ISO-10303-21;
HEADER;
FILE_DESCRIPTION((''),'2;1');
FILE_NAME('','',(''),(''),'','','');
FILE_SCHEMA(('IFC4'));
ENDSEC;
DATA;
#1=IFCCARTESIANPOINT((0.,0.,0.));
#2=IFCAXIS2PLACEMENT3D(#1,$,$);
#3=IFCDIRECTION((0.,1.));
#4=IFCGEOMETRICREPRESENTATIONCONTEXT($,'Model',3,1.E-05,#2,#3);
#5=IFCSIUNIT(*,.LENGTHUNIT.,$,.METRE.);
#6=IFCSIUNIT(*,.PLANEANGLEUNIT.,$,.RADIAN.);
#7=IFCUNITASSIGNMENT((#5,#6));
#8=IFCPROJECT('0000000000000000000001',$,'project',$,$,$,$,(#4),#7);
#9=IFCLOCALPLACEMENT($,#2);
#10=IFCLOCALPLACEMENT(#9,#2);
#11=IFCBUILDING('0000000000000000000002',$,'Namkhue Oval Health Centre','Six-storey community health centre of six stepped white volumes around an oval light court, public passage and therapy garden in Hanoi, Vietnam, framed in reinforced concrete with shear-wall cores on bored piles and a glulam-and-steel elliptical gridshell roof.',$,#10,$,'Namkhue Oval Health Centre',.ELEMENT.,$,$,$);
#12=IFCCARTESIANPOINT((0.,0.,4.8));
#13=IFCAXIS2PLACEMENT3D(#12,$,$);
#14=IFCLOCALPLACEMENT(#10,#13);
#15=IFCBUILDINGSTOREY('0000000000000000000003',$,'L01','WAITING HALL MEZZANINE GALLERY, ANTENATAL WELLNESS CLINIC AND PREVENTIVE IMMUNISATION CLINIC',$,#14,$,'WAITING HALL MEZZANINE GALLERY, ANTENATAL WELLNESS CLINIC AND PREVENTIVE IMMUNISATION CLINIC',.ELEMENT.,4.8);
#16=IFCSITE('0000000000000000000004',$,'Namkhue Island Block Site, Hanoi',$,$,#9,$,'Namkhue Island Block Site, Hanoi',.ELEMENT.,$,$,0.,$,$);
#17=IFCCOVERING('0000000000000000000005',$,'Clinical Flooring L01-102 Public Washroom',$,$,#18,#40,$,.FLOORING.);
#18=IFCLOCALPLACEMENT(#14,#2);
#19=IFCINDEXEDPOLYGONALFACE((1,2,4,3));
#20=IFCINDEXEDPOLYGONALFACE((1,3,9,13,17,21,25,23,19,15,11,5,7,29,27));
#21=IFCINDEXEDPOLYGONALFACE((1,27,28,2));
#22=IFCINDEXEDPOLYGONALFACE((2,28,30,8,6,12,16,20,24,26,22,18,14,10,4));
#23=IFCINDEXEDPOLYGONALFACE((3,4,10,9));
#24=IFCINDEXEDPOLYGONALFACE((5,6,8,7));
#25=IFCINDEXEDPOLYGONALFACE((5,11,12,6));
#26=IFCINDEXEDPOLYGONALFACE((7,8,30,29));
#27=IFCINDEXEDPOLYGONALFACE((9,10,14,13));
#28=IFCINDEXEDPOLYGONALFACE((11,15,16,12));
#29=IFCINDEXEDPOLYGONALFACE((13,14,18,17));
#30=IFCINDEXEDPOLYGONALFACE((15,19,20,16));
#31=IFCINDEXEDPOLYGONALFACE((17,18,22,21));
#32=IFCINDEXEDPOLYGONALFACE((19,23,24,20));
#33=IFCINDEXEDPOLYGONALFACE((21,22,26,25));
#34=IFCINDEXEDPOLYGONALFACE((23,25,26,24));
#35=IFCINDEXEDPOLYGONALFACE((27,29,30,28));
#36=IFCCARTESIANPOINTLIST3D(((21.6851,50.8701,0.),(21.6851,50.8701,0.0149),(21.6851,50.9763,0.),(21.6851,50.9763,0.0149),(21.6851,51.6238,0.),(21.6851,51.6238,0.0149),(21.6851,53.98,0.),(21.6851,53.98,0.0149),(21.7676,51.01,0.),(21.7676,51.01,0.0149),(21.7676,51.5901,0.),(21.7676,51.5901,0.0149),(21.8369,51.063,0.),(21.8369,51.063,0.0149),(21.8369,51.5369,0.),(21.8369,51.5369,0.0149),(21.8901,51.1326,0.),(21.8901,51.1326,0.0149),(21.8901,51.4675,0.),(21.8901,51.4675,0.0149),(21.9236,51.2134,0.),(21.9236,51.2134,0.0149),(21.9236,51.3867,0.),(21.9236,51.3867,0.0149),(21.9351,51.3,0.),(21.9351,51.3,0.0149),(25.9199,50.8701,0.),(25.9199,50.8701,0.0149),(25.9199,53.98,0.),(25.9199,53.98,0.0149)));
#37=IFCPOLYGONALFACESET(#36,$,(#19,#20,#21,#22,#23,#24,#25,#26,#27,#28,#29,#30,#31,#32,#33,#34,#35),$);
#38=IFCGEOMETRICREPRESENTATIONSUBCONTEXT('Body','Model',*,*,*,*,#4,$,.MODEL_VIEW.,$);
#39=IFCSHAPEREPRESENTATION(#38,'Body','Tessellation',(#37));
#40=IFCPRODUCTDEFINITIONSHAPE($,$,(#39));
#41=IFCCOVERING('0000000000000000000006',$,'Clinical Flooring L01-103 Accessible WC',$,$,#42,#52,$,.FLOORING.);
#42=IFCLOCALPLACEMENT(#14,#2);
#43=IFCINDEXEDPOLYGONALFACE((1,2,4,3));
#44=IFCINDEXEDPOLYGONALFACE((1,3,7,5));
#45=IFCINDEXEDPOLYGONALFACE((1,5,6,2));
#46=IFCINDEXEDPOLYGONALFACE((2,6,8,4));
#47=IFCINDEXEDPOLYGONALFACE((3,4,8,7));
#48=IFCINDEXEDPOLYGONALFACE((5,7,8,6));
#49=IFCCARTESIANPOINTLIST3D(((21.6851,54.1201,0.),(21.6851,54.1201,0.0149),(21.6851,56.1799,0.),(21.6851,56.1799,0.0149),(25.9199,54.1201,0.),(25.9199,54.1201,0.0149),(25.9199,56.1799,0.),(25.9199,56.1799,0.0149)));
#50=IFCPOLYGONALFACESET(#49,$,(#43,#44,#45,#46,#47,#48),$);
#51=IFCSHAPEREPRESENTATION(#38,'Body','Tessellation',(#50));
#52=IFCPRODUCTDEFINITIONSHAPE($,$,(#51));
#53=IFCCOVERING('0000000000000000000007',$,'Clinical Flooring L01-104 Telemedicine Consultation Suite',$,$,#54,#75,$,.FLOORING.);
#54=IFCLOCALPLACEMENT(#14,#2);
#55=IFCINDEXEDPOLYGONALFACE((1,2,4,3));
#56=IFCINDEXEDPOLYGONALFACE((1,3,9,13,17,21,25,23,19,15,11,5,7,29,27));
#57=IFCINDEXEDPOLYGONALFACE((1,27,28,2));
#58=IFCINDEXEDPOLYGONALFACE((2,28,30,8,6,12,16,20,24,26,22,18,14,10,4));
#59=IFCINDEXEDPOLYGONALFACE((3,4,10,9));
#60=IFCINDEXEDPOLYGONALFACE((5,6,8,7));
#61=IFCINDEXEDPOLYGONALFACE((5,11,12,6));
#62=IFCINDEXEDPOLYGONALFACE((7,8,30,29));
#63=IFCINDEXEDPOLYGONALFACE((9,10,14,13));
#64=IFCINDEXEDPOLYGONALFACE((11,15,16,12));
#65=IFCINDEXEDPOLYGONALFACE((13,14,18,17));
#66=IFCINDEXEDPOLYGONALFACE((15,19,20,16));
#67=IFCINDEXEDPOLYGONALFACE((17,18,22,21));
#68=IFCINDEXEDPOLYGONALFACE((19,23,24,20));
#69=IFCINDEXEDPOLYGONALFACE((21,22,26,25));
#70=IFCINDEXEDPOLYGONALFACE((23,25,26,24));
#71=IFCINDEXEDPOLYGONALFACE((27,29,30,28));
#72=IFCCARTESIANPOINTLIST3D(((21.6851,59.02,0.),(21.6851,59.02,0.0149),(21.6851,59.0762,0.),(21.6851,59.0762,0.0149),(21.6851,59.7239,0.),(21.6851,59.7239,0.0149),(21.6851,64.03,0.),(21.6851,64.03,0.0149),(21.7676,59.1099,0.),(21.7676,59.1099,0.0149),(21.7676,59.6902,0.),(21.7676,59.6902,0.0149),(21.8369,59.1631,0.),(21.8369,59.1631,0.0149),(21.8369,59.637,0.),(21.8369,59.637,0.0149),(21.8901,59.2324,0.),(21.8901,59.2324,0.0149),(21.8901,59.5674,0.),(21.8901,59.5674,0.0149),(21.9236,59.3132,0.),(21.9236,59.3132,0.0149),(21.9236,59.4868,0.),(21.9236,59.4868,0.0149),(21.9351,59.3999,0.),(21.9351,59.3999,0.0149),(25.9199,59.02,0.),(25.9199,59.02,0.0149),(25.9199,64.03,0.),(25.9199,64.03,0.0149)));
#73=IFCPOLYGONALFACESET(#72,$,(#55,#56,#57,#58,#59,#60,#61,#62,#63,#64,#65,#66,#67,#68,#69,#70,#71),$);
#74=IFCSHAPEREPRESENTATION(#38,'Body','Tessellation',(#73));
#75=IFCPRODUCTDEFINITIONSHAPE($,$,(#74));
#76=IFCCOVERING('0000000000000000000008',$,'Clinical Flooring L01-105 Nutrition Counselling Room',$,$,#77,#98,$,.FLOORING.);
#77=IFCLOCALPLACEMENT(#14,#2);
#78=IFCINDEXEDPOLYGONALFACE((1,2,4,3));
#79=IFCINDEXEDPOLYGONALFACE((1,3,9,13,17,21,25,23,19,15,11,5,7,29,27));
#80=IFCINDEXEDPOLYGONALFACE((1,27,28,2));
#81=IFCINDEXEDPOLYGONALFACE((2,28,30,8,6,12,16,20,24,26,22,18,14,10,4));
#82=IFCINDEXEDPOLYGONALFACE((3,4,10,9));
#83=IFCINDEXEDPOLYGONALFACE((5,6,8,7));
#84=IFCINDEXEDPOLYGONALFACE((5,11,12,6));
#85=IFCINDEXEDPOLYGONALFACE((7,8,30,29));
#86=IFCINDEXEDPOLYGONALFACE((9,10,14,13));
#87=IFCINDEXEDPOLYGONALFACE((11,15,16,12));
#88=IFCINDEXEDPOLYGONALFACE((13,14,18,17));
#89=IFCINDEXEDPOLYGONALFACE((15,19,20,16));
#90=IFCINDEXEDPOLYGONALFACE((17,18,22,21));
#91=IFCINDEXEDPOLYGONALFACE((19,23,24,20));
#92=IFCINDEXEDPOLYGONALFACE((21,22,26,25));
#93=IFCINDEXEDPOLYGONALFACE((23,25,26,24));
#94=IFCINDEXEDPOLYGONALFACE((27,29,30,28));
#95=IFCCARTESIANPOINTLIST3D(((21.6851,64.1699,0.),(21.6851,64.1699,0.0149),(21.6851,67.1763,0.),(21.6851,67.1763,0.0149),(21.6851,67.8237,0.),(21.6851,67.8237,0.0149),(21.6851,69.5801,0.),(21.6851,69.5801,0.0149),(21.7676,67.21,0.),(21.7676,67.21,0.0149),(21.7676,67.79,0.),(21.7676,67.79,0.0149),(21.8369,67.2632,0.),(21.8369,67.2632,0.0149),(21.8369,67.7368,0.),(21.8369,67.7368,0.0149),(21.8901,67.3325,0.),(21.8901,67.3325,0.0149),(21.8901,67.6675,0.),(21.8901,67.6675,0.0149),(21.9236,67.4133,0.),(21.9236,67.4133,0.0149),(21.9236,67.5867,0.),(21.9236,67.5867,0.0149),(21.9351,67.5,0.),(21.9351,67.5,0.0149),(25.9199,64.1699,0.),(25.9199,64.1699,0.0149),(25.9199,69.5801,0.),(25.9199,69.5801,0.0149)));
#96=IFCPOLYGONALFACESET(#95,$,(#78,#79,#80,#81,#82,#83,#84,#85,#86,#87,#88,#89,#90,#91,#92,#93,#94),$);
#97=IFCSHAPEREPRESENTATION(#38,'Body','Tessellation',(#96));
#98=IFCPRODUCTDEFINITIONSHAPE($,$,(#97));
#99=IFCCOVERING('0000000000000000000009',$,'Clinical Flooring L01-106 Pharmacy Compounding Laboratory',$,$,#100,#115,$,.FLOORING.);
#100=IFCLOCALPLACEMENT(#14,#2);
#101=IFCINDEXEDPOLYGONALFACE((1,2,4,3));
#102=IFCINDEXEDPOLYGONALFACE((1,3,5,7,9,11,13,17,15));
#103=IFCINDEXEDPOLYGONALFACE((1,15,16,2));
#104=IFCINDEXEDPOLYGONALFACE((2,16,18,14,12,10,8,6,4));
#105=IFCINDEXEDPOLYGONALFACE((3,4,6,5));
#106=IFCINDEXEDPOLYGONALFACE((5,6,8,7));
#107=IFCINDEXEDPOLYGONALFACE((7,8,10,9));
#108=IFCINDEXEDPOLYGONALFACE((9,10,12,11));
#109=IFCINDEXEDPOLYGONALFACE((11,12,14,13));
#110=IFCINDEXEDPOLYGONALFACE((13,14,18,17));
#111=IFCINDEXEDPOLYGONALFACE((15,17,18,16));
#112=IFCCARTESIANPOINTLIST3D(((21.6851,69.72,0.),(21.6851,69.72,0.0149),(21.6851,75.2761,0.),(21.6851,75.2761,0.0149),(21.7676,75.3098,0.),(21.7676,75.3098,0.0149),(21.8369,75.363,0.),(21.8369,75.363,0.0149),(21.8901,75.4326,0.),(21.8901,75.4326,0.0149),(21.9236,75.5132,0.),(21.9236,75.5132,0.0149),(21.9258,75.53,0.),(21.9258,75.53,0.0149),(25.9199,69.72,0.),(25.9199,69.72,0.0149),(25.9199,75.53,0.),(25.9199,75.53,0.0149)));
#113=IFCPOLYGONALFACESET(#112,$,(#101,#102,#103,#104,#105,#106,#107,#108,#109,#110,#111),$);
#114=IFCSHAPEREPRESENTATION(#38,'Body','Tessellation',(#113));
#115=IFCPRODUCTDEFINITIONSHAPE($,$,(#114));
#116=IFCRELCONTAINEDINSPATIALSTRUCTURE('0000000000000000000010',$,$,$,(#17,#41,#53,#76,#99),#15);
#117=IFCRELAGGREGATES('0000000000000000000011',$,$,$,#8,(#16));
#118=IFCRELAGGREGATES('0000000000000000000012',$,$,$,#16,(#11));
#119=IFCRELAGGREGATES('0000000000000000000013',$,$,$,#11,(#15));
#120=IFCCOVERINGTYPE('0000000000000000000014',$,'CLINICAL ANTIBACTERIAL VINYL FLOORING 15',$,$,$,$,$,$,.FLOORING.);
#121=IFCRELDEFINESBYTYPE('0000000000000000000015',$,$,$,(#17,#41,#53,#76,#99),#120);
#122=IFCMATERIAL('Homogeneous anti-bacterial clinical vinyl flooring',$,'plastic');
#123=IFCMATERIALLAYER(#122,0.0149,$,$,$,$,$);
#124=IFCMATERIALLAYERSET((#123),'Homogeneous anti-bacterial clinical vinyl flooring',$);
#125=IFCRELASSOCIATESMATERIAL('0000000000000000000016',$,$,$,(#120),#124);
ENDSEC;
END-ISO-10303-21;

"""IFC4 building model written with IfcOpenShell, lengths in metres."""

from ifc_helpers import new_model, si_unit, direction, frame, origin, place, context, subcontext, project, spatial, polyline, outline, extrude, material, layer, layer_set, type_object, element, save


model = new_model("IFC4")

# Units and contexts
model_context = context("Model", 3, precision=1e-05, world=origin(), true_north=direction((0.0, 1.0)))
body_context = subcontext(model_context, "Body", "Model", "MODEL_VIEW")
ifc_project = project(units=[si_unit("LENGTHUNIT", "METRE"), si_unit("PLANEANGLEUNIT", "RADIAN")], contexts=[model_context])

# Site, building, storey
site_placement = place(None, origin())
site = spatial("IfcSite", under=ifc_project, at=site_placement, Name="Namkhue Island Block Site, Hanoi", LongName="Namkhue Island Block Site, Hanoi", CompositionType="ELEMENT", RefElevation=0.0)
building_placement = place(site_placement, origin())
building = spatial("IfcBuilding", under=site, at=building_placement, Name="Namkhue Oval Health Centre", Description="Six-storey community health centre of six stepped white volumes around an oval light court, public passage and therapy garden in Hanoi, Vietnam, framed in reinforced concrete with shear-wall cores on bored piles and a glulam-and-steel elliptical gridshell roof.", LongName="Namkhue Oval Health Centre", CompositionType="ELEMENT")
storey_placement = place(building_placement, frame((0.0, 0.0, 4.8)))
storey = spatial("IfcBuildingStorey", under=building, at=storey_placement, Name="L01", Description="WAITING HALL MEZZANINE GALLERY, ANTENATAL WELLNESS CLINIC AND PREVENTIVE IMMUNISATION CLINIC", LongName="WAITING HALL MEZZANINE GALLERY, ANTENATAL WELLNESS CLINIC AND PREVENTIVE IMMUNISATION CLINIC", CompositionType="ELEMENT", Elevation=4.8)

# Coverings
ifc_material_1 = material(Name="Homogeneous anti-bacterial clinical vinyl flooring", Category="plastic")
ifc_layer_1 = layer(ifc_material_1, 0.0149)
ifc_layer_set_1 = layer_set([ifc_layer_1], Name="Homogeneous anti-bacterial clinical vinyl flooring")
covering_type = type_object("IfcCoveringType", Name="CLINICAL ANTIBACTERIAL VINYL FLOORING 15", PredefinedType="FLOORING", material=ifc_layer_set_1)
covering_1_placement = place(storey_placement, origin())
element("IfcCovering", 1, at=covering_1_placement, inside=storey, type_object=covering_type, Name="Clinical Flooring L01-102 Public Washroom", PredefinedType="FLOORING", context=body_context, shape_type="SweptSolid", body=[
    extrude(outline(polyline([(21.6851, 50.8701), (21.6851, 50.9763), (21.7676, 51.01), (21.8369, 51.063), (21.8901, 51.1326), (21.9236, 51.2134), (21.9351, 51.3), (21.9236, 51.3867), (21.8901, 51.4675), (21.8369, 51.5369), (21.7676, 51.5901), (21.6851, 51.6238), (21.6851, 53.98), (25.9199, 53.98), (25.9199, 50.8701), (21.6851, 50.8701)])), origin(), (0.0, 0.0, 1.0), 0.0149),
])
covering_2_placement = place(storey_placement, origin())
element("IfcCovering", 2, at=covering_2_placement, inside=storey, type_object=covering_type, Name="Clinical Flooring L01-103 Accessible WC", PredefinedType="FLOORING", context=body_context, shape_type="SweptSolid", body=[
    extrude(outline(polyline([(21.6851, 54.1201), (21.6851, 56.1799), (25.9199, 56.1799), (25.9199, 54.1201), (21.6851, 54.1201)])), origin(), (0.0, 0.0, 1.0), 0.0149),
])
covering_3_placement = place(storey_placement, origin())
element("IfcCovering", 3, at=covering_3_placement, inside=storey, type_object=covering_type, Name="Clinical Flooring L01-104 Telemedicine Consultation Suite", PredefinedType="FLOORING", context=body_context, shape_type="SweptSolid", body=[
    extrude(outline(polyline([(21.6851, 59.02), (21.6851, 59.0762), (21.7676, 59.1099), (21.8369, 59.1631), (21.8901, 59.2324), (21.9236, 59.3132), (21.9351, 59.3999), (21.9236, 59.4868), (21.8901, 59.5674), (21.8369, 59.637), (21.7676, 59.6902), (21.6851, 59.7239), (21.6851, 64.03), (25.9199, 64.03), (25.9199, 59.02), (21.6851, 59.02)])), origin(), (0.0, 0.0, 1.0), 0.0149),
])
covering_4_placement = place(storey_placement, origin())
element("IfcCovering", 4, at=covering_4_placement, inside=storey, type_object=covering_type, Name="Clinical Flooring L01-105 Nutrition Counselling Room", PredefinedType="FLOORING", context=body_context, shape_type="SweptSolid", body=[
    extrude(outline(polyline([(21.6851, 64.1699), (21.6851, 67.1763), (21.7676, 67.21), (21.8369, 67.2632), (21.8901, 67.3325), (21.9236, 67.4133), (21.9351, 67.5), (21.9236, 67.5867), (21.8901, 67.6675), (21.8369, 67.7368), (21.7676, 67.79), (21.6851, 67.8237), (21.6851, 69.5801), (25.9199, 69.5801), (25.9199, 64.1699), (21.6851, 64.1699)])), origin(), (0.0, 0.0, 1.0), 0.0149),
])
covering_5_placement = place(storey_placement, origin())
element("IfcCovering", 5, at=covering_5_placement, inside=storey, type_object=covering_type, Name="Clinical Flooring L01-106 Pharmacy Compounding Laboratory", PredefinedType="FLOORING", context=body_context, shape_type="SweptSolid", body=[
    extrude(outline(polyline([(21.6851, 69.72), (21.6851, 75.2761), (21.7676, 75.3098), (21.8369, 75.363), (21.8901, 75.4326), (21.9236, 75.5132), (21.9258, 75.53), (25.9199, 75.53), (25.9199, 69.72), (21.6851, 69.72)])), origin(), (0.0, 0.0, 1.0), 0.0149),
])

save(model, "model.ifc")
